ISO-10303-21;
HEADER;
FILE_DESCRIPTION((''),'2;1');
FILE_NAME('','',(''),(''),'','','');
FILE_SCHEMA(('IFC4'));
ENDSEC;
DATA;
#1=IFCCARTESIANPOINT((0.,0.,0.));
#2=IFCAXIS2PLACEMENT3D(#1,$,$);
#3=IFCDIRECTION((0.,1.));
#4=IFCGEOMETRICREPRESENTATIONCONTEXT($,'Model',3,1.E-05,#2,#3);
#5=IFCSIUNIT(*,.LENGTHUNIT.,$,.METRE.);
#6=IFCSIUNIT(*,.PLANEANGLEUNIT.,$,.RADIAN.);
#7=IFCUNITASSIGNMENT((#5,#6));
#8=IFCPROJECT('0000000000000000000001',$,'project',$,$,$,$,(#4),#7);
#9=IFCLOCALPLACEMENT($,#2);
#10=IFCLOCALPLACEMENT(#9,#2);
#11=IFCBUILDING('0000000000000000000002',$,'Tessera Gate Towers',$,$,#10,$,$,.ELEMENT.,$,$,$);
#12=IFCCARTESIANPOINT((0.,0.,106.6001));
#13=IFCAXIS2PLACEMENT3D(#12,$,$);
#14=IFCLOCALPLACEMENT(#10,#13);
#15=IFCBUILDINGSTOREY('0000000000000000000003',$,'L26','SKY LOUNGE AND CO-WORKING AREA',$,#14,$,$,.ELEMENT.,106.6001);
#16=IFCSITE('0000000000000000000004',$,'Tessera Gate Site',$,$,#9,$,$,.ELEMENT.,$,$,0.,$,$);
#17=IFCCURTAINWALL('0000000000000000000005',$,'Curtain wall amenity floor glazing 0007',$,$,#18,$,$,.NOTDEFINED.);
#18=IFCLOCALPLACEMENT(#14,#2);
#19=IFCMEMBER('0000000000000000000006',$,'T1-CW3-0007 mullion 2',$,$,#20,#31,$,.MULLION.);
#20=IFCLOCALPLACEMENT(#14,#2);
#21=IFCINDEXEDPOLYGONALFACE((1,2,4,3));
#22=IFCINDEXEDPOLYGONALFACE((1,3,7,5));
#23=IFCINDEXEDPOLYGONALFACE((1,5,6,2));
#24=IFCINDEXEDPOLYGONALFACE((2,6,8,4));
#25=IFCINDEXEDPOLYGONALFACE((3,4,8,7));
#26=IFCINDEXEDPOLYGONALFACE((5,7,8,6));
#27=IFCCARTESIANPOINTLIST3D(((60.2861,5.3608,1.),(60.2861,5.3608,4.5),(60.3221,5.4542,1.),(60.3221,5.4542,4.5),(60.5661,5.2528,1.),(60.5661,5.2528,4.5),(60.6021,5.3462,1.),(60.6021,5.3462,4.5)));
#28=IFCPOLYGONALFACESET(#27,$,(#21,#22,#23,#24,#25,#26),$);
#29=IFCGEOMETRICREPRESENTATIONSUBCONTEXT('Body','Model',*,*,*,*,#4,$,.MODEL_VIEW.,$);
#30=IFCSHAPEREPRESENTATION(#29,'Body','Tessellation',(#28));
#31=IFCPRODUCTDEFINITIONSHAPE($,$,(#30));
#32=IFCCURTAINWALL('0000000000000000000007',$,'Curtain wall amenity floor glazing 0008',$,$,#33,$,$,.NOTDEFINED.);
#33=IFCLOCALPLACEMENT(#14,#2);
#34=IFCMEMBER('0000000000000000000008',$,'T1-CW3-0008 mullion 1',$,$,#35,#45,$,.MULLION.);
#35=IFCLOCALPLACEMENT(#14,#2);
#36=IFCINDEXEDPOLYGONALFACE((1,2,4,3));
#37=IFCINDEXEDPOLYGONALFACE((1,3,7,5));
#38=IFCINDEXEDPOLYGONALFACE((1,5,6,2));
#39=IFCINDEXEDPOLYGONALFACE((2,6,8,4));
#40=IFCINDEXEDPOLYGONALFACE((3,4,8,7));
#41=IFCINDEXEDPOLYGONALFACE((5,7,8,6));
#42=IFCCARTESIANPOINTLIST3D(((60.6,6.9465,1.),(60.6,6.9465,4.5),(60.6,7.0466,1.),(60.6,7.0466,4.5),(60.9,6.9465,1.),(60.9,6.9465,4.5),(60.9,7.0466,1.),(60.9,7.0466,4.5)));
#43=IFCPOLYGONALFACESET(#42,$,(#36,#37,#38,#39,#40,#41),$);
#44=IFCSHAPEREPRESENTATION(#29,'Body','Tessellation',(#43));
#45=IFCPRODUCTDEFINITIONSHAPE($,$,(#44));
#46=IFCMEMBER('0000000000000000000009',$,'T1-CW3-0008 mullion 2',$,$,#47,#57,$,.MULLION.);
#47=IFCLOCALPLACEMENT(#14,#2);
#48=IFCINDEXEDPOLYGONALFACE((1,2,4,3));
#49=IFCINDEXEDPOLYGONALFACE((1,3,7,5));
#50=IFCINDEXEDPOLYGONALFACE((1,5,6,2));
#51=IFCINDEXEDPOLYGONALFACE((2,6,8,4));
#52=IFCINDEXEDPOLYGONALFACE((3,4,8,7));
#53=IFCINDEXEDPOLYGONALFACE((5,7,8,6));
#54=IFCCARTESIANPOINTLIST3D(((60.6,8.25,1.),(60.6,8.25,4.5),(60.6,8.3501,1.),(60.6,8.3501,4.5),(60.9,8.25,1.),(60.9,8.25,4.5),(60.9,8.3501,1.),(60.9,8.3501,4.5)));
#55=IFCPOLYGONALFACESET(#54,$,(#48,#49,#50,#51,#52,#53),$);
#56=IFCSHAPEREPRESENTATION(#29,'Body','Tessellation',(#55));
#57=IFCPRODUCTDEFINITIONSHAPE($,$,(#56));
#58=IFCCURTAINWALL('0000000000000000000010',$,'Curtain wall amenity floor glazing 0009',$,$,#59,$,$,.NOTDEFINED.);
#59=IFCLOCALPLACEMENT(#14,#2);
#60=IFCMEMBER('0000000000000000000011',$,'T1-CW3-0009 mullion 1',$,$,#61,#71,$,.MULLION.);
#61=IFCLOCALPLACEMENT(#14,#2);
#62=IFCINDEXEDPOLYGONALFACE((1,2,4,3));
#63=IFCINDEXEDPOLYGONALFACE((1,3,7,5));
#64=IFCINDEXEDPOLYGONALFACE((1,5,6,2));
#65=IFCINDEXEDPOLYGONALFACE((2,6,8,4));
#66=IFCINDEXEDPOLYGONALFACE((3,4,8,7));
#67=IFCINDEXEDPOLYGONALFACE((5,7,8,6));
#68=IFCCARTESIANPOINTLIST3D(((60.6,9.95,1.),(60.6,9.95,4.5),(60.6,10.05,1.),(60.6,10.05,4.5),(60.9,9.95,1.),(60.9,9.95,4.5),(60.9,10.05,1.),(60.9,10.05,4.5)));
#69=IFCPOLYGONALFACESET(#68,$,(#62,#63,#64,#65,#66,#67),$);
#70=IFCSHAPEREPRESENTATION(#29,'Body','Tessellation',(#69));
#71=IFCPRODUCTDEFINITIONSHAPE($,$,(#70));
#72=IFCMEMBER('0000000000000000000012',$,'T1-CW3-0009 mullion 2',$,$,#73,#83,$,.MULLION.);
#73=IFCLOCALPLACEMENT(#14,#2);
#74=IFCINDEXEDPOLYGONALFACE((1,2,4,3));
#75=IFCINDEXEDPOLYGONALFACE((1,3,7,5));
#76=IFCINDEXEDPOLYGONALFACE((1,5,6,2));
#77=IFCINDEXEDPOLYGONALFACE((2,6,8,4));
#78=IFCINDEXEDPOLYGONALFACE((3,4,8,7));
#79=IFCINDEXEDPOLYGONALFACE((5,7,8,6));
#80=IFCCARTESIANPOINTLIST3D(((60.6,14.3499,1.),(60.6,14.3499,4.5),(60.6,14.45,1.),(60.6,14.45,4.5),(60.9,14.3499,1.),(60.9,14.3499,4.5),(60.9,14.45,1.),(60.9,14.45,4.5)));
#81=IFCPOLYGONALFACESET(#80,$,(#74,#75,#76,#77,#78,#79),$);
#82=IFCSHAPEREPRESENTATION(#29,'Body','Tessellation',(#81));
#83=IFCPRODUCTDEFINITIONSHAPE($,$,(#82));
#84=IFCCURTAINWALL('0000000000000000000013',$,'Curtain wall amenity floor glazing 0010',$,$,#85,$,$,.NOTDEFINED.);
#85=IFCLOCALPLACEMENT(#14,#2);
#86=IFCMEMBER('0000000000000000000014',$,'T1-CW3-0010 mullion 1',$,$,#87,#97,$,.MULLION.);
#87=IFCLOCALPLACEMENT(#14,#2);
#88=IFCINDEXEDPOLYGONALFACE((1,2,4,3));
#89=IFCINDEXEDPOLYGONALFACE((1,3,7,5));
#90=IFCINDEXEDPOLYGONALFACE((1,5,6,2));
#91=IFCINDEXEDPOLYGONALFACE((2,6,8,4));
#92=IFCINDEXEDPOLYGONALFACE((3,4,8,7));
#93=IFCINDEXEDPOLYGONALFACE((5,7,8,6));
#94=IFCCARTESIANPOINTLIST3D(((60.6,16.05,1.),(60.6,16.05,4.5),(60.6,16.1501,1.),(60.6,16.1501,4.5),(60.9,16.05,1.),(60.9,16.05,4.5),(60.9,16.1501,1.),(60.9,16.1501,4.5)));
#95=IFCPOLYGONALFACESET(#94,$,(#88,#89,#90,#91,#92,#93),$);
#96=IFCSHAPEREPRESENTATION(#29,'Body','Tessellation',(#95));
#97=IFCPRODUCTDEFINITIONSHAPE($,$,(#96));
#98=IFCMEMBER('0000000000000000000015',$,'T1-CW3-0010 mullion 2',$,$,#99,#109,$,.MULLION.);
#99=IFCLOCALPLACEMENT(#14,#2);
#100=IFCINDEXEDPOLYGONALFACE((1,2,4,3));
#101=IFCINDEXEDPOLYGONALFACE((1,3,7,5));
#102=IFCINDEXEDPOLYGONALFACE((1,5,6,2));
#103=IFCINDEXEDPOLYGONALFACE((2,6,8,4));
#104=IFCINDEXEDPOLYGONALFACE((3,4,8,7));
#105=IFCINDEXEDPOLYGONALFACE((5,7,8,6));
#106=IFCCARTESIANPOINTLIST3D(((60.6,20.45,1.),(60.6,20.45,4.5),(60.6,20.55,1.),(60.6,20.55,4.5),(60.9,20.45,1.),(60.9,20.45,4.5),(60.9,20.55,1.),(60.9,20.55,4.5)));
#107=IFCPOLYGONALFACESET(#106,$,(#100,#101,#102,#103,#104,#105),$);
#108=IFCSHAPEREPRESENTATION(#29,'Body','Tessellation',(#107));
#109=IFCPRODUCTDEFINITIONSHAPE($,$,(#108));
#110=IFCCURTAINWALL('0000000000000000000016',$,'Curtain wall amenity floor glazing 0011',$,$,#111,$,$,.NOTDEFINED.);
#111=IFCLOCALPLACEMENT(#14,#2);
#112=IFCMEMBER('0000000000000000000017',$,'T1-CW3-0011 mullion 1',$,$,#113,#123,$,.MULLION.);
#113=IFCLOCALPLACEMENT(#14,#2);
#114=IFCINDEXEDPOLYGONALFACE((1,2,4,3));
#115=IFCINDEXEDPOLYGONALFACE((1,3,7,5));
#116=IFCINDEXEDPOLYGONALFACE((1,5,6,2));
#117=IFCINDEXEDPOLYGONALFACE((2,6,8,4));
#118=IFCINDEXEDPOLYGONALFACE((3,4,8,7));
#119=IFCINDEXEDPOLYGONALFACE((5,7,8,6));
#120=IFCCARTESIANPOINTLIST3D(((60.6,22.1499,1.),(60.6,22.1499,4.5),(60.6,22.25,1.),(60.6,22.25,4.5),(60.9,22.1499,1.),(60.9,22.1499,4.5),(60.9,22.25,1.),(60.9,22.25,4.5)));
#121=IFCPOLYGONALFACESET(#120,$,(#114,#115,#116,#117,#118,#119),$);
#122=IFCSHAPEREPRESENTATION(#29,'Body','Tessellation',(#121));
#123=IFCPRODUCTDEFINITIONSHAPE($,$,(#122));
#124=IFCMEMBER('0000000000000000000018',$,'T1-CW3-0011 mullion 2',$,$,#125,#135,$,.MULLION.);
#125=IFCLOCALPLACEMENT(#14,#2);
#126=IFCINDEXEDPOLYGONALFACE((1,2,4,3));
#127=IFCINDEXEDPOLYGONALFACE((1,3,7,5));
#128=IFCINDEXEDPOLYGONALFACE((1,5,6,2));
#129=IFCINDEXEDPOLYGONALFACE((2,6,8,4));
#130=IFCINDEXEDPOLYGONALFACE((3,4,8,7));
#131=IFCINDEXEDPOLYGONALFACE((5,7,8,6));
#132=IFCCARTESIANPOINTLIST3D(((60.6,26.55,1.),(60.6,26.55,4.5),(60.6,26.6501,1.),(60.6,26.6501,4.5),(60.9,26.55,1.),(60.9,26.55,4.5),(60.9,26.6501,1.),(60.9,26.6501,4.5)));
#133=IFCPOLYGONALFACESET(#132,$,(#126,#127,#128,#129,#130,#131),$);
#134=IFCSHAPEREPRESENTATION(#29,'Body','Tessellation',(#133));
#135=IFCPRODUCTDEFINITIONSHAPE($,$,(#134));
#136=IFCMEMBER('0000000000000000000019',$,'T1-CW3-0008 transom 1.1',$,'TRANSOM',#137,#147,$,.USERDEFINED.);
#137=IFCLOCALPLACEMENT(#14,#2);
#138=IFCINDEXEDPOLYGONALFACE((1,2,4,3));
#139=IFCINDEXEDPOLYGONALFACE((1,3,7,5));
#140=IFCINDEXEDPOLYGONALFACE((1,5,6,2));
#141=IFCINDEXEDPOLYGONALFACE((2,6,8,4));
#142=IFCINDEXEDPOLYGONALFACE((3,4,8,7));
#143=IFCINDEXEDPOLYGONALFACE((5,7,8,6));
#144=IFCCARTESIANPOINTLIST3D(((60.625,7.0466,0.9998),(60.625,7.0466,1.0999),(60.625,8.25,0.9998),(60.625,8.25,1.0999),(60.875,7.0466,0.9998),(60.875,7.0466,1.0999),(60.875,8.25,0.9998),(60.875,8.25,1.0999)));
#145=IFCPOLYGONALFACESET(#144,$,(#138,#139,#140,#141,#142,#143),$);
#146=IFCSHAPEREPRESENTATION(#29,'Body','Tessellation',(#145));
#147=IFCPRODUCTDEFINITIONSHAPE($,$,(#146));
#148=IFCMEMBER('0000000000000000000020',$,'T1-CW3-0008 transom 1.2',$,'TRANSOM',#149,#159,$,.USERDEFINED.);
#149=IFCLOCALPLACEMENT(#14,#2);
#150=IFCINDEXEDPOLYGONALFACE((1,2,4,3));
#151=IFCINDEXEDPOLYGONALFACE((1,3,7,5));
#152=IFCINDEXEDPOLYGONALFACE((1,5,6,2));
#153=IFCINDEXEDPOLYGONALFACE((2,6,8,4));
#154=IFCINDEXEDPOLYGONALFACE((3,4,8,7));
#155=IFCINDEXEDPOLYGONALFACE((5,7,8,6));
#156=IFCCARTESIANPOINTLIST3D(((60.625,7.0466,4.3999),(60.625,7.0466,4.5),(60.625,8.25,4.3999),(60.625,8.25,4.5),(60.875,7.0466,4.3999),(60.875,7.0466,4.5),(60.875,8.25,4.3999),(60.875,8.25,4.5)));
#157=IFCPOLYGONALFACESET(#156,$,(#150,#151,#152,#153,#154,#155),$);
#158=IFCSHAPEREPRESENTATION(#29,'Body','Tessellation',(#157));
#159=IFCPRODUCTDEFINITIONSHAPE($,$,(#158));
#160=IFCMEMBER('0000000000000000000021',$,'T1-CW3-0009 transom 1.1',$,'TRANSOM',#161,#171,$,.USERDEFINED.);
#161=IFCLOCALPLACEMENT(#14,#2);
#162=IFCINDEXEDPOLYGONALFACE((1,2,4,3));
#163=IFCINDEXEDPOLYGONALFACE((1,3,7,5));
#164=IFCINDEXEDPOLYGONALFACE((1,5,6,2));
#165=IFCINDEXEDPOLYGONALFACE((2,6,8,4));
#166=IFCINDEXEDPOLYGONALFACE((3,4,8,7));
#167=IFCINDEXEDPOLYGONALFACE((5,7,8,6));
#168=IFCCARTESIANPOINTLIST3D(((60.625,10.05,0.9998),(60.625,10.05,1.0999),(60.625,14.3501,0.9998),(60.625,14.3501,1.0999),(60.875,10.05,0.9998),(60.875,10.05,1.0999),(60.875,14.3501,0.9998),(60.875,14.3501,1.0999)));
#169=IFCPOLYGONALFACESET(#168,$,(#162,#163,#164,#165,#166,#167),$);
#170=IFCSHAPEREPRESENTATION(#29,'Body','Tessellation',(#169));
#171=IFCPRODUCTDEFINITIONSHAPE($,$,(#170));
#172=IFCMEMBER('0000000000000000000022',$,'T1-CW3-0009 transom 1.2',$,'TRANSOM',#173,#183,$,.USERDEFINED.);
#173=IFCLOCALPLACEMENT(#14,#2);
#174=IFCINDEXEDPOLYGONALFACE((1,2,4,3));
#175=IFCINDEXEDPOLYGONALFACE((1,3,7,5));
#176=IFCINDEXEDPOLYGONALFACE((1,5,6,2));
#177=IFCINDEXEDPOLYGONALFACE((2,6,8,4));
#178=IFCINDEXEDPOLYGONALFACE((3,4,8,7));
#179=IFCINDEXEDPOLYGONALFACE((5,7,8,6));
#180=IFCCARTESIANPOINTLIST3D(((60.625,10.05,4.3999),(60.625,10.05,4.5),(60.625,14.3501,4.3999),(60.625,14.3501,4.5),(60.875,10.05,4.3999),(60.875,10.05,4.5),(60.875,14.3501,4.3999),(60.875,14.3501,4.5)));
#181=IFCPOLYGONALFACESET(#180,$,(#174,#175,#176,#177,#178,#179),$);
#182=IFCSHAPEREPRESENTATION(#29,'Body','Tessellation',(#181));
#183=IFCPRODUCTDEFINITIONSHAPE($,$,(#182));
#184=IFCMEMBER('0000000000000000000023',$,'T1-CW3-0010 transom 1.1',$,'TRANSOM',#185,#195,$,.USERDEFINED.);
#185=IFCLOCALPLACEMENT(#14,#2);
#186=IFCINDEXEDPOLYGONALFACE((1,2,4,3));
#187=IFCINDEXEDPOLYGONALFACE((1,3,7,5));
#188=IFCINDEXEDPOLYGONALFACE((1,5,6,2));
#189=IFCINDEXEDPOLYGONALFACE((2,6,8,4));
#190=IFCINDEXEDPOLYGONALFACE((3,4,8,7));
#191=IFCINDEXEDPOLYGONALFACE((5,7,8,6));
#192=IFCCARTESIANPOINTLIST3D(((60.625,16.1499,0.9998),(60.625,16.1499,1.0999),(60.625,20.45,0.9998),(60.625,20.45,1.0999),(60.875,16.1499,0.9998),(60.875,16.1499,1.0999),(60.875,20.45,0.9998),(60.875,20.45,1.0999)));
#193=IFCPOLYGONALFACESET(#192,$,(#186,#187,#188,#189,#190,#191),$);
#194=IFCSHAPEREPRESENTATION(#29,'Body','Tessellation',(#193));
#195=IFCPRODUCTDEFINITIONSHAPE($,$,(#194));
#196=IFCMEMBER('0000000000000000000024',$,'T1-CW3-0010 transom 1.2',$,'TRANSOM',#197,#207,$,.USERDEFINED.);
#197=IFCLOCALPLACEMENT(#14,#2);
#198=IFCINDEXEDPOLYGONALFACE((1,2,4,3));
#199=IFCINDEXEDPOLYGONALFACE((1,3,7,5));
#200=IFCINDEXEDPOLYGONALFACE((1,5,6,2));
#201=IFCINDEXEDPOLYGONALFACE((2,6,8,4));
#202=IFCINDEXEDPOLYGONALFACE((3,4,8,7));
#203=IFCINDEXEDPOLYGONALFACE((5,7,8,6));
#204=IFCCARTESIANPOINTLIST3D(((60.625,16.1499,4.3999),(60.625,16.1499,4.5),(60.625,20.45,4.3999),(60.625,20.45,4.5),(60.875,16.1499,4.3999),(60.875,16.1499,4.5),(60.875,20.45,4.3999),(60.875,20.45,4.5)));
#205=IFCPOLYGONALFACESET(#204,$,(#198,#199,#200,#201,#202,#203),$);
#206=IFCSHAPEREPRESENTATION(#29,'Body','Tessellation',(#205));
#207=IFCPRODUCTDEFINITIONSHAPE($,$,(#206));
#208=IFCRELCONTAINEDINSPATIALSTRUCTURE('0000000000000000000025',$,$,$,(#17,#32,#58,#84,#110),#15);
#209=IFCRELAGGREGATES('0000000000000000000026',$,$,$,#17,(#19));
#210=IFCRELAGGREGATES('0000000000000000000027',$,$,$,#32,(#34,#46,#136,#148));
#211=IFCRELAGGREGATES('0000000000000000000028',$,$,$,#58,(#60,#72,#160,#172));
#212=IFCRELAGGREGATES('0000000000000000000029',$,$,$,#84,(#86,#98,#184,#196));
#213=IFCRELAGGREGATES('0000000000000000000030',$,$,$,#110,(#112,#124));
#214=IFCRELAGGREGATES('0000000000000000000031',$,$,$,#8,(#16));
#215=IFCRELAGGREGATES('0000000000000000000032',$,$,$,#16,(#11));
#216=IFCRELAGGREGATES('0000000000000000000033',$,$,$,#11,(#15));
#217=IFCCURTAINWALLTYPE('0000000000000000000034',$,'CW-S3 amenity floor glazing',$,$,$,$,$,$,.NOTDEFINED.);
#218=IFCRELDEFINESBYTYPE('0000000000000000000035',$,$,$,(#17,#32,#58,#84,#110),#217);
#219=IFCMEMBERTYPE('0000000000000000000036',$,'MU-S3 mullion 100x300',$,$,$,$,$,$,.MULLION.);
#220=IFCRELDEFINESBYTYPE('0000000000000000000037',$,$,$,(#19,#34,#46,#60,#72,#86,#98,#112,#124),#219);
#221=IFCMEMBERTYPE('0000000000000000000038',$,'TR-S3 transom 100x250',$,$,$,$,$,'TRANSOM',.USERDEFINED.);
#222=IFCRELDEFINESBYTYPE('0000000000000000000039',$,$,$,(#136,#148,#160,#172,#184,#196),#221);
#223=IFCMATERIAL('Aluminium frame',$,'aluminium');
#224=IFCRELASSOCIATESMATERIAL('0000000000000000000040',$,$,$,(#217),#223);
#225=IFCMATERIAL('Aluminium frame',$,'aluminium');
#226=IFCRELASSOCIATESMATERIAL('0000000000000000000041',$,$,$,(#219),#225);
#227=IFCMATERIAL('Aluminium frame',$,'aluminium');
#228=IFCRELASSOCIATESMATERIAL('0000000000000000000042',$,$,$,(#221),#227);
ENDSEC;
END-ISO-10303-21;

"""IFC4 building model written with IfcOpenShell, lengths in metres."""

from ifc_helpers import new_model, si_unit, direction, frame, origin, origin_2d, place, context, subcontext, project, spatial, rectangle, extrude, material, material_profile, profile_set, type_object, element, aggregate, save


model = new_model("IFC4")

# Units and contexts
model_context = context("Model", 3, precision=1e-05, world=origin(), true_north=direction((0.0, 1.0)))
body_context = subcontext(model_context, "Body", "Model", "MODEL_VIEW")
ifc_project = project(units=[si_unit("LENGTHUNIT", "METRE"), si_unit("PLANEANGLEUNIT", "RADIAN")], contexts=[model_context])

# Site, building, storey
site_placement = place(None, origin())
site = spatial("IfcSite", under=ifc_project, at=site_placement, Name="Tessera Gate Site", CompositionType="ELEMENT", RefElevation=0.0)
building_placement = place(site_placement, origin())
building = spatial("IfcBuilding", under=site, at=building_placement, Name="Tessera Gate Towers", CompositionType="ELEMENT")
storey_placement = place(building_placement, frame((0.0, 0.0, 106.6001)))
storey = spatial("IfcBuildingStorey", under=building, at=storey_placement, Name="L26", Description="SKY LOUNGE AND CO-WORKING AREA", CompositionType="ELEMENT", Elevation=106.6001)

# Curtain wall, member
ifc_material_1 = material(Name="Aluminium frame", Category="aluminium")
curtain_wall_type = type_object("IfcCurtainWallType", Name="CW-S3 amenity floor glazing", PredefinedType="NOTDEFINED", material=ifc_material_1)
curtain_wall_1_placement = place(storey_placement, origin())
curtain_wall_1 = element("IfcCurtainWall", 1, at=curtain_wall_1_placement, inside=storey, type_object=curtain_wall_type, Name="Curtain wall amenity floor glazing 0007", PredefinedType="NOTDEFINED")
ifc_material_2 = material(Name="Aluminium frame", Category="aluminium")
ifc_material_profile_1 = material_profile(ifc_material_2, rectangle(XDim=0.1001, YDim=0.3, at=origin_2d()), Name="AL 100x300")
ifc_profile_set_1 = profile_set([ifc_material_profile_1], Name="Aluminium frame")
member_type_1 = type_object("IfcMemberType", Name="MU-S3 mullion 100x300", PredefinedType="MULLION", material=ifc_profile_set_1)
member_1_placement = place(storey_placement, frame((60.4441, 5.3535, 1.0), z_axis=(0.0, 0.0, 1.0), x_axis=(0.359904, 0.932989, 0.0)))
member_1 = element("IfcMember", 2, at=member_1_placement, type_object=member_type_1, Name="T1-CW3-0007 mullion 2", PredefinedType="MULLION", context=body_context, shape_type="SweptSolid", body=[
    extrude(rectangle(XDim=0.1001, YDim=0.3, at=origin_2d()), origin(), (0.0, 0.0, 1.0), 3.5),
])
aggregate(curtain_wall_1, [member_1])

# Curtain walls, members
curtain_wall_2_placement = place(storey_placement, origin())
curtain_wall_2 = element("IfcCurtainWall", 3, at=curtain_wall_2_placement, inside=storey, type_object=curtain_wall_type, Name="Curtain wall amenity floor glazing 0008", PredefinedType="NOTDEFINED")
member_2_placement = place(storey_placement, frame((60.75, 6.9966, 1.0), z_axis=(0.0, 0.0, 1.0), x_axis=(0.0, 1.0, 0.0)))
member_2 = element("IfcMember", 4, at=member_2_placement, type_object=member_type_1, Name="T1-CW3-0008 mullion 1", PredefinedType="MULLION", context=body_context, shape_type="SweptSolid", body=[
    extrude(rectangle(XDim=0.1001, YDim=0.3, at=origin_2d()), origin(), (0.0, 0.0, 1.0), 3.5),
])
member_3_placement = place(storey_placement, frame((60.75, 8.3, 1.0), z_axis=(0.0, 0.0, 1.0), x_axis=(0.0, 1.0, 0.0)))
member_3 = element("IfcMember", 5, at=member_3_placement, type_object=member_type_1, Name="T1-CW3-0008 mullion 2", PredefinedType="MULLION", context=body_context, shape_type="SweptSolid", body=[
    extrude(rectangle(XDim=0.1001, YDim=0.3, at=origin_2d()), origin(), (0.0, 0.0, 1.0), 3.5),
])
curtain_wall_3_placement = place(storey_placement, origin())
curtain_wall_3 = element("IfcCurtainWall", 6, at=curtain_wall_3_placement, inside=storey, type_object=curtain_wall_type, Name="Curtain wall amenity floor glazing 0009", PredefinedType="NOTDEFINED")
member_4_placement = place(storey_placement, frame((60.75, 10.0, 1.0), z_axis=(0.0, 0.0, 1.0), x_axis=(0.0, 1.0, 0.0)))
member_4 = element("IfcMember", 7, at=member_4_placement, type_object=member_type_1, Name="T1-CW3-0009 mullion 1", PredefinedType="MULLION", context=body_context, shape_type="SweptSolid", body=[
    extrude(rectangle(XDim=0.1001, YDim=0.3, at=origin_2d()), origin(), (0.0, 0.0, 1.0), 3.5),
])
member_5_placement = place(storey_placement, frame((60.75, 14.3999, 1.0), z_axis=(0.0, 0.0, 1.0), x_axis=(0.0, 1.0, 0.0)))
member_5 = element("IfcMember", 8, at=member_5_placement, type_object=member_type_1, Name="T1-CW3-0009 mullion 2", PredefinedType="MULLION", context=body_context, shape_type="SweptSolid", body=[
    extrude(rectangle(XDim=0.1001, YDim=0.3, at=origin_2d()), origin(), (0.0, 0.0, 1.0), 3.5),
])
curtain_wall_4_placement = place(storey_placement, origin())
curtain_wall_4 = element("IfcCurtainWall", 9, at=curtain_wall_4_placement, inside=storey, type_object=curtain_wall_type, Name="Curtain wall amenity floor glazing 0010", PredefinedType="NOTDEFINED")
member_6_placement = place(storey_placement, frame((60.75, 16.1001, 1.0), z_axis=(0.0, 0.0, 1.0), x_axis=(0.0, 1.0, 0.0)))
member_6 = element("IfcMember", 10, at=member_6_placement, type_object=member_type_1, Name="T1-CW3-0010 mullion 1", PredefinedType="MULLION", context=body_context, shape_type="SweptSolid", body=[
    extrude(rectangle(XDim=0.1001, YDim=0.3, at=origin_2d()), origin(), (0.0, 0.0, 1.0), 3.5),
])
member_7_placement = place(storey_placement, frame((60.75, 20.5, 1.0), z_axis=(0.0, 0.0, 1.0), x_axis=(0.0, 1.0, 0.0)))
member_7 = element("IfcMember", 11, at=member_7_placement, type_object=member_type_1, Name="T1-CW3-0010 mullion 2", PredefinedType="MULLION", context=body_context, shape_type="SweptSolid", body=[
    extrude(rectangle(XDim=0.1001, YDim=0.3, at=origin_2d()), origin(), (0.0, 0.0, 1.0), 3.5),
])
curtain_wall_5_placement = place(storey_placement, origin())
curtain_wall_5 = element("IfcCurtainWall", 12, at=curtain_wall_5_placement, inside=storey, type_object=curtain_wall_type, Name="Curtain wall amenity floor glazing 0011", PredefinedType="NOTDEFINED")
member_8_placement = place(storey_placement, frame((60.75, 22.2, 1.0), z_axis=(0.0, 0.0, 1.0), x_axis=(0.0, 1.0, 0.0)))
member_8 = element("IfcMember", 13, at=member_8_placement, type_object=member_type_1, Name="T1-CW3-0011 mullion 1", PredefinedType="MULLION", context=body_context, shape_type="SweptSolid", body=[
    extrude(rectangle(XDim=0.1001, YDim=0.3, at=origin_2d()), origin(), (0.0, 0.0, 1.0), 3.5),
])
member_9_placement = place(storey_placement, frame((60.75, 26.6001, 1.0), z_axis=(0.0, 0.0, 1.0), x_axis=(0.0, 1.0, 0.0)))
member_9 = element("IfcMember", 14, at=member_9_placement, type_object=member_type_1, Name="T1-CW3-0011 mullion 2", PredefinedType="MULLION", context=body_context, shape_type="SweptSolid", body=[
    extrude(rectangle(XDim=0.1001, YDim=0.3, at=origin_2d()), origin(), (0.0, 0.0, 1.0), 3.5),
])

# Members
ifc_material_3 = material(Name="Aluminium frame", Category="aluminium")
ifc_material_profile_2 = material_profile(ifc_material_3, rectangle(XDim=0.25, YDim=0.1001, at=origin_2d()), Name="AL 100x250")
ifc_profile_set_2 = profile_set([ifc_material_profile_2], Name="Aluminium frame")
member_type_2 = type_object("IfcMemberType", Name="TR-S3 transom 100x250", ElementType="TRANSOM", PredefinedType="USERDEFINED", material=ifc_profile_set_2)
member_10_placement = place(storey_placement, frame((60.75, 7.0466, 1.0498), z_axis=(0.0, 1.0, 0.0), x_axis=(-1.0, 0.0, 0.0)))
member_10 = element("IfcMember", 15, at=member_10_placement, type_object=member_type_2, Name="T1-CW3-0008 transom 1.1", ObjectType="TRANSOM", PredefinedType="USERDEFINED", context=body_context, shape_type="SweptSolid", body=[
    extrude(rectangle(XDim=0.25, YDim=0.1001, at=origin_2d()), origin(), (0.0, 0.0, 1.0), 1.2034),
])
member_11_placement = place(storey_placement, frame((60.75, 7.0466, 4.45), z_axis=(0.0, 1.0, 0.0), x_axis=(-1.0, 0.0, 0.0)))
member_11 = element("IfcMember", 16, at=member_11_placement, type_object=member_type_2, Name="T1-CW3-0008 transom 1.2", ObjectType="TRANSOM", PredefinedType="USERDEFINED", context=body_context, shape_type="SweptSolid", body=[
    extrude(rectangle(XDim=0.25, YDim=0.1001, at=origin_2d()), origin(), (0.0, 0.0, 1.0), 1.2034),
])
member_12_placement = place(storey_placement, frame((60.75, 10.05, 1.0498), z_axis=(0.0, 1.0, 0.0), x_axis=(-1.0, 0.0, 0.0)))
member_12 = element("IfcMember", 17, at=member_12_placement, type_object=member_type_2, Name="T1-CW3-0009 transom 1.1", ObjectType="TRANSOM", PredefinedType="USERDEFINED", context=body_context, shape_type="SweptSolid", body=[
    extrude(rectangle(XDim=0.25, YDim=0.1001, at=origin_2d()), origin(), (0.0, 0.0, 1.0), 4.3),
])
member_13_placement = place(storey_placement, frame((60.75, 10.05, 4.45), z_axis=(0.0, 1.0, 0.0), x_axis=(-1.0, 0.0, 0.0)))
member_13 = element("IfcMember", 18, at=member_13_placement, type_object=member_type_2, Name="T1-CW3-0009 transom 1.2", ObjectType="TRANSOM", PredefinedType="USERDEFINED", context=body_context, shape_type="SweptSolid", body=[
    extrude(rectangle(XDim=0.25, YDim=0.1001, at=origin_2d()), origin(), (0.0, 0.0, 1.0), 4.3),
])
member_14_placement = place(storey_placement, frame((60.75, 16.1499, 1.0498), z_axis=(0.0, 1.0, 0.0), x_axis=(-1.0, 0.0, 0.0)))
member_14 = element("IfcMember", 19, at=member_14_placement, type_object=member_type_2, Name="T1-CW3-0010 transom 1.1", ObjectType="TRANSOM", PredefinedType="USERDEFINED", context=body_context, shape_type="SweptSolid", body=[
    extrude(rectangle(XDim=0.25, YDim=0.1001, at=origin_2d()), origin(), (0.0, 0.0, 1.0), 4.3),
])
member_15_placement = place(storey_placement, frame((60.75, 16.1499, 4.45), z_axis=(0.0, 1.0, 0.0), x_axis=(-1.0, 0.0, 0.0)))
member_15 = element("IfcMember", 20, at=member_15_placement, type_object=member_type_2, Name="T1-CW3-0010 transom 1.2", ObjectType="TRANSOM", PredefinedType="USERDEFINED", context=body_context, shape_type="SweptSolid", body=[
    extrude(rectangle(XDim=0.25, YDim=0.1001, at=origin_2d()), origin(), (0.0, 0.0, 1.0), 4.3),
])

aggregate(curtain_wall_2, [member_2, member_3, member_10, member_11])
aggregate(curtain_wall_3, [member_4, member_5, member_12, member_13])
aggregate(curtain_wall_4, [member_6, member_7, member_14, member_15])
aggregate(curtain_wall_5, [member_8, member_9])

save(model, "model.ifc")
